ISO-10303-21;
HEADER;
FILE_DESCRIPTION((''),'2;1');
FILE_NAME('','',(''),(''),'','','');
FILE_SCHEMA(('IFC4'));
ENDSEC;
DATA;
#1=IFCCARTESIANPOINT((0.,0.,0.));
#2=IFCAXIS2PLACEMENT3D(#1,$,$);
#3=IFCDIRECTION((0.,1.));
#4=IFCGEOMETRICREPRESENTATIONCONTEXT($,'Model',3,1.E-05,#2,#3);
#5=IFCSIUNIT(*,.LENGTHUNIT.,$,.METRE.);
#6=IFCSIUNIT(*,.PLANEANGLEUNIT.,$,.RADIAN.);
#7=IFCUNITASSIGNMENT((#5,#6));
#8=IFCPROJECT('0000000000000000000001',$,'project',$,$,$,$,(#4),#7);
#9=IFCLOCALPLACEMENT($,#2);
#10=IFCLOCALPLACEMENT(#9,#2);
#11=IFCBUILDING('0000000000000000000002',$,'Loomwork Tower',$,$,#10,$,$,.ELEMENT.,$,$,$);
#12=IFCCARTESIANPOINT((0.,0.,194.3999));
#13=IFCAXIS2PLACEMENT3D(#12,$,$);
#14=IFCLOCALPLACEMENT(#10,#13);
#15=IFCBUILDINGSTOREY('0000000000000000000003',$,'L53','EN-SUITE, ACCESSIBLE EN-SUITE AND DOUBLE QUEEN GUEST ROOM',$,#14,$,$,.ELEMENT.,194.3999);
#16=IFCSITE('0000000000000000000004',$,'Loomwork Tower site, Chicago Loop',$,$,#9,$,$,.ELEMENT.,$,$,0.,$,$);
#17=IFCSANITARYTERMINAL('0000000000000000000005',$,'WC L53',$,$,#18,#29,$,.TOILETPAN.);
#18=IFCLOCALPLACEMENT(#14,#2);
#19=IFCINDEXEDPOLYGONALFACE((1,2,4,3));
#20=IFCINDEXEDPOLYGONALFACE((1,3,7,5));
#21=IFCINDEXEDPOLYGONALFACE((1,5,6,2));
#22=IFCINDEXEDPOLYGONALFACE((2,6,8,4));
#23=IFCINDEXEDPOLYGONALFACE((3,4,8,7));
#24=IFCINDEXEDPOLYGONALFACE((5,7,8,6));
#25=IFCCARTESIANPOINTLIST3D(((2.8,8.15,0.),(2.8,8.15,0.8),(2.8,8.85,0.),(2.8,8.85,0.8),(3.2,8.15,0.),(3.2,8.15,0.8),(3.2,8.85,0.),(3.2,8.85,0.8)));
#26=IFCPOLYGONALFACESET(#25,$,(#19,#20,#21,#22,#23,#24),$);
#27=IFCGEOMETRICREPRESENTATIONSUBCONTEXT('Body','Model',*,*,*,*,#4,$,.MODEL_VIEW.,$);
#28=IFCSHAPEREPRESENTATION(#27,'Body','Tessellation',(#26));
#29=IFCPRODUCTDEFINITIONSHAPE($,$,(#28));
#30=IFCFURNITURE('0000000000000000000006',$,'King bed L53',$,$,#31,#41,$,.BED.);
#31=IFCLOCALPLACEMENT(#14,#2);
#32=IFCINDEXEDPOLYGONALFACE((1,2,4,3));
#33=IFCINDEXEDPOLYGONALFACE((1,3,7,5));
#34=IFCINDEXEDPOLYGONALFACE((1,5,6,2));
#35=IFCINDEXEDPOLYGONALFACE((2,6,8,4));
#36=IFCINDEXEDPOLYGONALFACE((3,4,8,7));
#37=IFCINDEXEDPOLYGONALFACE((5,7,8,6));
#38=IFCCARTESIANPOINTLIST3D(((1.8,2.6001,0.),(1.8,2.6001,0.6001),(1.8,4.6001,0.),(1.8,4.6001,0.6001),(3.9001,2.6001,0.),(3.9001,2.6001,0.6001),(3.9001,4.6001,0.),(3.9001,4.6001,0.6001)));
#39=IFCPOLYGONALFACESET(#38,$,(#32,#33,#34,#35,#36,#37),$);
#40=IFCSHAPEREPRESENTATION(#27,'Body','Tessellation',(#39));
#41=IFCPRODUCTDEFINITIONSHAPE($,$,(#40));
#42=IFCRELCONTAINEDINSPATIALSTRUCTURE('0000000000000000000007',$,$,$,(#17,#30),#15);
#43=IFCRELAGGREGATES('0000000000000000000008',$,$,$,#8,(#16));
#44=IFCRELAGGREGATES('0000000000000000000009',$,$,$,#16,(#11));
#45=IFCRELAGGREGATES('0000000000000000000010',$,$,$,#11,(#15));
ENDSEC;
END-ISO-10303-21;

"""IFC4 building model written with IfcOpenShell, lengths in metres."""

from ifc_helpers import new_model, si_unit, direction, frame, origin, origin_2d, place, context, subcontext, project, spatial, rectangle, extrude, element, save


model = new_model("IFC4")

# Units and contexts
model_context = context("Model", 3, precision=1e-05, world=origin(), true_north=direction((0.0, 1.0)))
body_context = subcontext(model_context, "Body", "Model", "MODEL_VIEW")
ifc_project = project(units=[si_unit("LENGTHUNIT", "METRE"), si_unit("PLANEANGLEUNIT", "RADIAN")], contexts=[model_context])

# Site, building, storey
site_placement = place(None, origin())
site = spatial("IfcSite", under=ifc_project, at=site_placement, Name="Loomwork Tower site, Chicago Loop", CompositionType="ELEMENT", RefElevation=0.0)
building_placement = place(site_placement, origin())
building = spatial("IfcBuilding", under=site, at=building_placement, Name="Loomwork Tower", CompositionType="ELEMENT")
storey_placement = place(building_placement, frame((0.0, 0.0, 194.3999)))
storey = spatial("IfcBuildingStorey", under=building, at=storey_placement, Name="L53", Description="EN-SUITE, ACCESSIBLE EN-SUITE AND DOUBLE QUEEN GUEST ROOM", CompositionType="ELEMENT", Elevation=194.3999)

# Sanitary terminal
sanitary_terminal_1_placement = place(storey_placement, frame((3.0, 8.5, 0.0), z_axis=(0.0, 0.0, 1.0), x_axis=(1.0, 0.0, 0.0)))
element("IfcSanitaryTerminal", 1, at=sanitary_terminal_1_placement, inside=storey, Name="WC L53", PredefinedType="TOILETPAN", context=body_context, shape_type="SweptSolid", body=[
    extrude(rectangle(XDim=0.3999, YDim=0.7, at=origin_2d()), origin(), (0.0, 0.0, 1.0), 0.8),
])

# Furniture
furniture_placement = place(storey_placement, frame((2.8501, 3.6001, 0.0), z_axis=(0.0, 0.0, 1.0), x_axis=(1.0, 0.0, 0.0)))
element("IfcFurniture", 2, at=furniture_placement, inside=storey, Name="King bed L53", PredefinedType="BED", context=body_context, shape_type="SweptSolid", body=[
    extrude(rectangle(XDim=2.1001, YDim=2.0, at=origin_2d()), origin(), (0.0, 0.0, 1.0), 0.6001),
])

save(model, "model.ifc")
